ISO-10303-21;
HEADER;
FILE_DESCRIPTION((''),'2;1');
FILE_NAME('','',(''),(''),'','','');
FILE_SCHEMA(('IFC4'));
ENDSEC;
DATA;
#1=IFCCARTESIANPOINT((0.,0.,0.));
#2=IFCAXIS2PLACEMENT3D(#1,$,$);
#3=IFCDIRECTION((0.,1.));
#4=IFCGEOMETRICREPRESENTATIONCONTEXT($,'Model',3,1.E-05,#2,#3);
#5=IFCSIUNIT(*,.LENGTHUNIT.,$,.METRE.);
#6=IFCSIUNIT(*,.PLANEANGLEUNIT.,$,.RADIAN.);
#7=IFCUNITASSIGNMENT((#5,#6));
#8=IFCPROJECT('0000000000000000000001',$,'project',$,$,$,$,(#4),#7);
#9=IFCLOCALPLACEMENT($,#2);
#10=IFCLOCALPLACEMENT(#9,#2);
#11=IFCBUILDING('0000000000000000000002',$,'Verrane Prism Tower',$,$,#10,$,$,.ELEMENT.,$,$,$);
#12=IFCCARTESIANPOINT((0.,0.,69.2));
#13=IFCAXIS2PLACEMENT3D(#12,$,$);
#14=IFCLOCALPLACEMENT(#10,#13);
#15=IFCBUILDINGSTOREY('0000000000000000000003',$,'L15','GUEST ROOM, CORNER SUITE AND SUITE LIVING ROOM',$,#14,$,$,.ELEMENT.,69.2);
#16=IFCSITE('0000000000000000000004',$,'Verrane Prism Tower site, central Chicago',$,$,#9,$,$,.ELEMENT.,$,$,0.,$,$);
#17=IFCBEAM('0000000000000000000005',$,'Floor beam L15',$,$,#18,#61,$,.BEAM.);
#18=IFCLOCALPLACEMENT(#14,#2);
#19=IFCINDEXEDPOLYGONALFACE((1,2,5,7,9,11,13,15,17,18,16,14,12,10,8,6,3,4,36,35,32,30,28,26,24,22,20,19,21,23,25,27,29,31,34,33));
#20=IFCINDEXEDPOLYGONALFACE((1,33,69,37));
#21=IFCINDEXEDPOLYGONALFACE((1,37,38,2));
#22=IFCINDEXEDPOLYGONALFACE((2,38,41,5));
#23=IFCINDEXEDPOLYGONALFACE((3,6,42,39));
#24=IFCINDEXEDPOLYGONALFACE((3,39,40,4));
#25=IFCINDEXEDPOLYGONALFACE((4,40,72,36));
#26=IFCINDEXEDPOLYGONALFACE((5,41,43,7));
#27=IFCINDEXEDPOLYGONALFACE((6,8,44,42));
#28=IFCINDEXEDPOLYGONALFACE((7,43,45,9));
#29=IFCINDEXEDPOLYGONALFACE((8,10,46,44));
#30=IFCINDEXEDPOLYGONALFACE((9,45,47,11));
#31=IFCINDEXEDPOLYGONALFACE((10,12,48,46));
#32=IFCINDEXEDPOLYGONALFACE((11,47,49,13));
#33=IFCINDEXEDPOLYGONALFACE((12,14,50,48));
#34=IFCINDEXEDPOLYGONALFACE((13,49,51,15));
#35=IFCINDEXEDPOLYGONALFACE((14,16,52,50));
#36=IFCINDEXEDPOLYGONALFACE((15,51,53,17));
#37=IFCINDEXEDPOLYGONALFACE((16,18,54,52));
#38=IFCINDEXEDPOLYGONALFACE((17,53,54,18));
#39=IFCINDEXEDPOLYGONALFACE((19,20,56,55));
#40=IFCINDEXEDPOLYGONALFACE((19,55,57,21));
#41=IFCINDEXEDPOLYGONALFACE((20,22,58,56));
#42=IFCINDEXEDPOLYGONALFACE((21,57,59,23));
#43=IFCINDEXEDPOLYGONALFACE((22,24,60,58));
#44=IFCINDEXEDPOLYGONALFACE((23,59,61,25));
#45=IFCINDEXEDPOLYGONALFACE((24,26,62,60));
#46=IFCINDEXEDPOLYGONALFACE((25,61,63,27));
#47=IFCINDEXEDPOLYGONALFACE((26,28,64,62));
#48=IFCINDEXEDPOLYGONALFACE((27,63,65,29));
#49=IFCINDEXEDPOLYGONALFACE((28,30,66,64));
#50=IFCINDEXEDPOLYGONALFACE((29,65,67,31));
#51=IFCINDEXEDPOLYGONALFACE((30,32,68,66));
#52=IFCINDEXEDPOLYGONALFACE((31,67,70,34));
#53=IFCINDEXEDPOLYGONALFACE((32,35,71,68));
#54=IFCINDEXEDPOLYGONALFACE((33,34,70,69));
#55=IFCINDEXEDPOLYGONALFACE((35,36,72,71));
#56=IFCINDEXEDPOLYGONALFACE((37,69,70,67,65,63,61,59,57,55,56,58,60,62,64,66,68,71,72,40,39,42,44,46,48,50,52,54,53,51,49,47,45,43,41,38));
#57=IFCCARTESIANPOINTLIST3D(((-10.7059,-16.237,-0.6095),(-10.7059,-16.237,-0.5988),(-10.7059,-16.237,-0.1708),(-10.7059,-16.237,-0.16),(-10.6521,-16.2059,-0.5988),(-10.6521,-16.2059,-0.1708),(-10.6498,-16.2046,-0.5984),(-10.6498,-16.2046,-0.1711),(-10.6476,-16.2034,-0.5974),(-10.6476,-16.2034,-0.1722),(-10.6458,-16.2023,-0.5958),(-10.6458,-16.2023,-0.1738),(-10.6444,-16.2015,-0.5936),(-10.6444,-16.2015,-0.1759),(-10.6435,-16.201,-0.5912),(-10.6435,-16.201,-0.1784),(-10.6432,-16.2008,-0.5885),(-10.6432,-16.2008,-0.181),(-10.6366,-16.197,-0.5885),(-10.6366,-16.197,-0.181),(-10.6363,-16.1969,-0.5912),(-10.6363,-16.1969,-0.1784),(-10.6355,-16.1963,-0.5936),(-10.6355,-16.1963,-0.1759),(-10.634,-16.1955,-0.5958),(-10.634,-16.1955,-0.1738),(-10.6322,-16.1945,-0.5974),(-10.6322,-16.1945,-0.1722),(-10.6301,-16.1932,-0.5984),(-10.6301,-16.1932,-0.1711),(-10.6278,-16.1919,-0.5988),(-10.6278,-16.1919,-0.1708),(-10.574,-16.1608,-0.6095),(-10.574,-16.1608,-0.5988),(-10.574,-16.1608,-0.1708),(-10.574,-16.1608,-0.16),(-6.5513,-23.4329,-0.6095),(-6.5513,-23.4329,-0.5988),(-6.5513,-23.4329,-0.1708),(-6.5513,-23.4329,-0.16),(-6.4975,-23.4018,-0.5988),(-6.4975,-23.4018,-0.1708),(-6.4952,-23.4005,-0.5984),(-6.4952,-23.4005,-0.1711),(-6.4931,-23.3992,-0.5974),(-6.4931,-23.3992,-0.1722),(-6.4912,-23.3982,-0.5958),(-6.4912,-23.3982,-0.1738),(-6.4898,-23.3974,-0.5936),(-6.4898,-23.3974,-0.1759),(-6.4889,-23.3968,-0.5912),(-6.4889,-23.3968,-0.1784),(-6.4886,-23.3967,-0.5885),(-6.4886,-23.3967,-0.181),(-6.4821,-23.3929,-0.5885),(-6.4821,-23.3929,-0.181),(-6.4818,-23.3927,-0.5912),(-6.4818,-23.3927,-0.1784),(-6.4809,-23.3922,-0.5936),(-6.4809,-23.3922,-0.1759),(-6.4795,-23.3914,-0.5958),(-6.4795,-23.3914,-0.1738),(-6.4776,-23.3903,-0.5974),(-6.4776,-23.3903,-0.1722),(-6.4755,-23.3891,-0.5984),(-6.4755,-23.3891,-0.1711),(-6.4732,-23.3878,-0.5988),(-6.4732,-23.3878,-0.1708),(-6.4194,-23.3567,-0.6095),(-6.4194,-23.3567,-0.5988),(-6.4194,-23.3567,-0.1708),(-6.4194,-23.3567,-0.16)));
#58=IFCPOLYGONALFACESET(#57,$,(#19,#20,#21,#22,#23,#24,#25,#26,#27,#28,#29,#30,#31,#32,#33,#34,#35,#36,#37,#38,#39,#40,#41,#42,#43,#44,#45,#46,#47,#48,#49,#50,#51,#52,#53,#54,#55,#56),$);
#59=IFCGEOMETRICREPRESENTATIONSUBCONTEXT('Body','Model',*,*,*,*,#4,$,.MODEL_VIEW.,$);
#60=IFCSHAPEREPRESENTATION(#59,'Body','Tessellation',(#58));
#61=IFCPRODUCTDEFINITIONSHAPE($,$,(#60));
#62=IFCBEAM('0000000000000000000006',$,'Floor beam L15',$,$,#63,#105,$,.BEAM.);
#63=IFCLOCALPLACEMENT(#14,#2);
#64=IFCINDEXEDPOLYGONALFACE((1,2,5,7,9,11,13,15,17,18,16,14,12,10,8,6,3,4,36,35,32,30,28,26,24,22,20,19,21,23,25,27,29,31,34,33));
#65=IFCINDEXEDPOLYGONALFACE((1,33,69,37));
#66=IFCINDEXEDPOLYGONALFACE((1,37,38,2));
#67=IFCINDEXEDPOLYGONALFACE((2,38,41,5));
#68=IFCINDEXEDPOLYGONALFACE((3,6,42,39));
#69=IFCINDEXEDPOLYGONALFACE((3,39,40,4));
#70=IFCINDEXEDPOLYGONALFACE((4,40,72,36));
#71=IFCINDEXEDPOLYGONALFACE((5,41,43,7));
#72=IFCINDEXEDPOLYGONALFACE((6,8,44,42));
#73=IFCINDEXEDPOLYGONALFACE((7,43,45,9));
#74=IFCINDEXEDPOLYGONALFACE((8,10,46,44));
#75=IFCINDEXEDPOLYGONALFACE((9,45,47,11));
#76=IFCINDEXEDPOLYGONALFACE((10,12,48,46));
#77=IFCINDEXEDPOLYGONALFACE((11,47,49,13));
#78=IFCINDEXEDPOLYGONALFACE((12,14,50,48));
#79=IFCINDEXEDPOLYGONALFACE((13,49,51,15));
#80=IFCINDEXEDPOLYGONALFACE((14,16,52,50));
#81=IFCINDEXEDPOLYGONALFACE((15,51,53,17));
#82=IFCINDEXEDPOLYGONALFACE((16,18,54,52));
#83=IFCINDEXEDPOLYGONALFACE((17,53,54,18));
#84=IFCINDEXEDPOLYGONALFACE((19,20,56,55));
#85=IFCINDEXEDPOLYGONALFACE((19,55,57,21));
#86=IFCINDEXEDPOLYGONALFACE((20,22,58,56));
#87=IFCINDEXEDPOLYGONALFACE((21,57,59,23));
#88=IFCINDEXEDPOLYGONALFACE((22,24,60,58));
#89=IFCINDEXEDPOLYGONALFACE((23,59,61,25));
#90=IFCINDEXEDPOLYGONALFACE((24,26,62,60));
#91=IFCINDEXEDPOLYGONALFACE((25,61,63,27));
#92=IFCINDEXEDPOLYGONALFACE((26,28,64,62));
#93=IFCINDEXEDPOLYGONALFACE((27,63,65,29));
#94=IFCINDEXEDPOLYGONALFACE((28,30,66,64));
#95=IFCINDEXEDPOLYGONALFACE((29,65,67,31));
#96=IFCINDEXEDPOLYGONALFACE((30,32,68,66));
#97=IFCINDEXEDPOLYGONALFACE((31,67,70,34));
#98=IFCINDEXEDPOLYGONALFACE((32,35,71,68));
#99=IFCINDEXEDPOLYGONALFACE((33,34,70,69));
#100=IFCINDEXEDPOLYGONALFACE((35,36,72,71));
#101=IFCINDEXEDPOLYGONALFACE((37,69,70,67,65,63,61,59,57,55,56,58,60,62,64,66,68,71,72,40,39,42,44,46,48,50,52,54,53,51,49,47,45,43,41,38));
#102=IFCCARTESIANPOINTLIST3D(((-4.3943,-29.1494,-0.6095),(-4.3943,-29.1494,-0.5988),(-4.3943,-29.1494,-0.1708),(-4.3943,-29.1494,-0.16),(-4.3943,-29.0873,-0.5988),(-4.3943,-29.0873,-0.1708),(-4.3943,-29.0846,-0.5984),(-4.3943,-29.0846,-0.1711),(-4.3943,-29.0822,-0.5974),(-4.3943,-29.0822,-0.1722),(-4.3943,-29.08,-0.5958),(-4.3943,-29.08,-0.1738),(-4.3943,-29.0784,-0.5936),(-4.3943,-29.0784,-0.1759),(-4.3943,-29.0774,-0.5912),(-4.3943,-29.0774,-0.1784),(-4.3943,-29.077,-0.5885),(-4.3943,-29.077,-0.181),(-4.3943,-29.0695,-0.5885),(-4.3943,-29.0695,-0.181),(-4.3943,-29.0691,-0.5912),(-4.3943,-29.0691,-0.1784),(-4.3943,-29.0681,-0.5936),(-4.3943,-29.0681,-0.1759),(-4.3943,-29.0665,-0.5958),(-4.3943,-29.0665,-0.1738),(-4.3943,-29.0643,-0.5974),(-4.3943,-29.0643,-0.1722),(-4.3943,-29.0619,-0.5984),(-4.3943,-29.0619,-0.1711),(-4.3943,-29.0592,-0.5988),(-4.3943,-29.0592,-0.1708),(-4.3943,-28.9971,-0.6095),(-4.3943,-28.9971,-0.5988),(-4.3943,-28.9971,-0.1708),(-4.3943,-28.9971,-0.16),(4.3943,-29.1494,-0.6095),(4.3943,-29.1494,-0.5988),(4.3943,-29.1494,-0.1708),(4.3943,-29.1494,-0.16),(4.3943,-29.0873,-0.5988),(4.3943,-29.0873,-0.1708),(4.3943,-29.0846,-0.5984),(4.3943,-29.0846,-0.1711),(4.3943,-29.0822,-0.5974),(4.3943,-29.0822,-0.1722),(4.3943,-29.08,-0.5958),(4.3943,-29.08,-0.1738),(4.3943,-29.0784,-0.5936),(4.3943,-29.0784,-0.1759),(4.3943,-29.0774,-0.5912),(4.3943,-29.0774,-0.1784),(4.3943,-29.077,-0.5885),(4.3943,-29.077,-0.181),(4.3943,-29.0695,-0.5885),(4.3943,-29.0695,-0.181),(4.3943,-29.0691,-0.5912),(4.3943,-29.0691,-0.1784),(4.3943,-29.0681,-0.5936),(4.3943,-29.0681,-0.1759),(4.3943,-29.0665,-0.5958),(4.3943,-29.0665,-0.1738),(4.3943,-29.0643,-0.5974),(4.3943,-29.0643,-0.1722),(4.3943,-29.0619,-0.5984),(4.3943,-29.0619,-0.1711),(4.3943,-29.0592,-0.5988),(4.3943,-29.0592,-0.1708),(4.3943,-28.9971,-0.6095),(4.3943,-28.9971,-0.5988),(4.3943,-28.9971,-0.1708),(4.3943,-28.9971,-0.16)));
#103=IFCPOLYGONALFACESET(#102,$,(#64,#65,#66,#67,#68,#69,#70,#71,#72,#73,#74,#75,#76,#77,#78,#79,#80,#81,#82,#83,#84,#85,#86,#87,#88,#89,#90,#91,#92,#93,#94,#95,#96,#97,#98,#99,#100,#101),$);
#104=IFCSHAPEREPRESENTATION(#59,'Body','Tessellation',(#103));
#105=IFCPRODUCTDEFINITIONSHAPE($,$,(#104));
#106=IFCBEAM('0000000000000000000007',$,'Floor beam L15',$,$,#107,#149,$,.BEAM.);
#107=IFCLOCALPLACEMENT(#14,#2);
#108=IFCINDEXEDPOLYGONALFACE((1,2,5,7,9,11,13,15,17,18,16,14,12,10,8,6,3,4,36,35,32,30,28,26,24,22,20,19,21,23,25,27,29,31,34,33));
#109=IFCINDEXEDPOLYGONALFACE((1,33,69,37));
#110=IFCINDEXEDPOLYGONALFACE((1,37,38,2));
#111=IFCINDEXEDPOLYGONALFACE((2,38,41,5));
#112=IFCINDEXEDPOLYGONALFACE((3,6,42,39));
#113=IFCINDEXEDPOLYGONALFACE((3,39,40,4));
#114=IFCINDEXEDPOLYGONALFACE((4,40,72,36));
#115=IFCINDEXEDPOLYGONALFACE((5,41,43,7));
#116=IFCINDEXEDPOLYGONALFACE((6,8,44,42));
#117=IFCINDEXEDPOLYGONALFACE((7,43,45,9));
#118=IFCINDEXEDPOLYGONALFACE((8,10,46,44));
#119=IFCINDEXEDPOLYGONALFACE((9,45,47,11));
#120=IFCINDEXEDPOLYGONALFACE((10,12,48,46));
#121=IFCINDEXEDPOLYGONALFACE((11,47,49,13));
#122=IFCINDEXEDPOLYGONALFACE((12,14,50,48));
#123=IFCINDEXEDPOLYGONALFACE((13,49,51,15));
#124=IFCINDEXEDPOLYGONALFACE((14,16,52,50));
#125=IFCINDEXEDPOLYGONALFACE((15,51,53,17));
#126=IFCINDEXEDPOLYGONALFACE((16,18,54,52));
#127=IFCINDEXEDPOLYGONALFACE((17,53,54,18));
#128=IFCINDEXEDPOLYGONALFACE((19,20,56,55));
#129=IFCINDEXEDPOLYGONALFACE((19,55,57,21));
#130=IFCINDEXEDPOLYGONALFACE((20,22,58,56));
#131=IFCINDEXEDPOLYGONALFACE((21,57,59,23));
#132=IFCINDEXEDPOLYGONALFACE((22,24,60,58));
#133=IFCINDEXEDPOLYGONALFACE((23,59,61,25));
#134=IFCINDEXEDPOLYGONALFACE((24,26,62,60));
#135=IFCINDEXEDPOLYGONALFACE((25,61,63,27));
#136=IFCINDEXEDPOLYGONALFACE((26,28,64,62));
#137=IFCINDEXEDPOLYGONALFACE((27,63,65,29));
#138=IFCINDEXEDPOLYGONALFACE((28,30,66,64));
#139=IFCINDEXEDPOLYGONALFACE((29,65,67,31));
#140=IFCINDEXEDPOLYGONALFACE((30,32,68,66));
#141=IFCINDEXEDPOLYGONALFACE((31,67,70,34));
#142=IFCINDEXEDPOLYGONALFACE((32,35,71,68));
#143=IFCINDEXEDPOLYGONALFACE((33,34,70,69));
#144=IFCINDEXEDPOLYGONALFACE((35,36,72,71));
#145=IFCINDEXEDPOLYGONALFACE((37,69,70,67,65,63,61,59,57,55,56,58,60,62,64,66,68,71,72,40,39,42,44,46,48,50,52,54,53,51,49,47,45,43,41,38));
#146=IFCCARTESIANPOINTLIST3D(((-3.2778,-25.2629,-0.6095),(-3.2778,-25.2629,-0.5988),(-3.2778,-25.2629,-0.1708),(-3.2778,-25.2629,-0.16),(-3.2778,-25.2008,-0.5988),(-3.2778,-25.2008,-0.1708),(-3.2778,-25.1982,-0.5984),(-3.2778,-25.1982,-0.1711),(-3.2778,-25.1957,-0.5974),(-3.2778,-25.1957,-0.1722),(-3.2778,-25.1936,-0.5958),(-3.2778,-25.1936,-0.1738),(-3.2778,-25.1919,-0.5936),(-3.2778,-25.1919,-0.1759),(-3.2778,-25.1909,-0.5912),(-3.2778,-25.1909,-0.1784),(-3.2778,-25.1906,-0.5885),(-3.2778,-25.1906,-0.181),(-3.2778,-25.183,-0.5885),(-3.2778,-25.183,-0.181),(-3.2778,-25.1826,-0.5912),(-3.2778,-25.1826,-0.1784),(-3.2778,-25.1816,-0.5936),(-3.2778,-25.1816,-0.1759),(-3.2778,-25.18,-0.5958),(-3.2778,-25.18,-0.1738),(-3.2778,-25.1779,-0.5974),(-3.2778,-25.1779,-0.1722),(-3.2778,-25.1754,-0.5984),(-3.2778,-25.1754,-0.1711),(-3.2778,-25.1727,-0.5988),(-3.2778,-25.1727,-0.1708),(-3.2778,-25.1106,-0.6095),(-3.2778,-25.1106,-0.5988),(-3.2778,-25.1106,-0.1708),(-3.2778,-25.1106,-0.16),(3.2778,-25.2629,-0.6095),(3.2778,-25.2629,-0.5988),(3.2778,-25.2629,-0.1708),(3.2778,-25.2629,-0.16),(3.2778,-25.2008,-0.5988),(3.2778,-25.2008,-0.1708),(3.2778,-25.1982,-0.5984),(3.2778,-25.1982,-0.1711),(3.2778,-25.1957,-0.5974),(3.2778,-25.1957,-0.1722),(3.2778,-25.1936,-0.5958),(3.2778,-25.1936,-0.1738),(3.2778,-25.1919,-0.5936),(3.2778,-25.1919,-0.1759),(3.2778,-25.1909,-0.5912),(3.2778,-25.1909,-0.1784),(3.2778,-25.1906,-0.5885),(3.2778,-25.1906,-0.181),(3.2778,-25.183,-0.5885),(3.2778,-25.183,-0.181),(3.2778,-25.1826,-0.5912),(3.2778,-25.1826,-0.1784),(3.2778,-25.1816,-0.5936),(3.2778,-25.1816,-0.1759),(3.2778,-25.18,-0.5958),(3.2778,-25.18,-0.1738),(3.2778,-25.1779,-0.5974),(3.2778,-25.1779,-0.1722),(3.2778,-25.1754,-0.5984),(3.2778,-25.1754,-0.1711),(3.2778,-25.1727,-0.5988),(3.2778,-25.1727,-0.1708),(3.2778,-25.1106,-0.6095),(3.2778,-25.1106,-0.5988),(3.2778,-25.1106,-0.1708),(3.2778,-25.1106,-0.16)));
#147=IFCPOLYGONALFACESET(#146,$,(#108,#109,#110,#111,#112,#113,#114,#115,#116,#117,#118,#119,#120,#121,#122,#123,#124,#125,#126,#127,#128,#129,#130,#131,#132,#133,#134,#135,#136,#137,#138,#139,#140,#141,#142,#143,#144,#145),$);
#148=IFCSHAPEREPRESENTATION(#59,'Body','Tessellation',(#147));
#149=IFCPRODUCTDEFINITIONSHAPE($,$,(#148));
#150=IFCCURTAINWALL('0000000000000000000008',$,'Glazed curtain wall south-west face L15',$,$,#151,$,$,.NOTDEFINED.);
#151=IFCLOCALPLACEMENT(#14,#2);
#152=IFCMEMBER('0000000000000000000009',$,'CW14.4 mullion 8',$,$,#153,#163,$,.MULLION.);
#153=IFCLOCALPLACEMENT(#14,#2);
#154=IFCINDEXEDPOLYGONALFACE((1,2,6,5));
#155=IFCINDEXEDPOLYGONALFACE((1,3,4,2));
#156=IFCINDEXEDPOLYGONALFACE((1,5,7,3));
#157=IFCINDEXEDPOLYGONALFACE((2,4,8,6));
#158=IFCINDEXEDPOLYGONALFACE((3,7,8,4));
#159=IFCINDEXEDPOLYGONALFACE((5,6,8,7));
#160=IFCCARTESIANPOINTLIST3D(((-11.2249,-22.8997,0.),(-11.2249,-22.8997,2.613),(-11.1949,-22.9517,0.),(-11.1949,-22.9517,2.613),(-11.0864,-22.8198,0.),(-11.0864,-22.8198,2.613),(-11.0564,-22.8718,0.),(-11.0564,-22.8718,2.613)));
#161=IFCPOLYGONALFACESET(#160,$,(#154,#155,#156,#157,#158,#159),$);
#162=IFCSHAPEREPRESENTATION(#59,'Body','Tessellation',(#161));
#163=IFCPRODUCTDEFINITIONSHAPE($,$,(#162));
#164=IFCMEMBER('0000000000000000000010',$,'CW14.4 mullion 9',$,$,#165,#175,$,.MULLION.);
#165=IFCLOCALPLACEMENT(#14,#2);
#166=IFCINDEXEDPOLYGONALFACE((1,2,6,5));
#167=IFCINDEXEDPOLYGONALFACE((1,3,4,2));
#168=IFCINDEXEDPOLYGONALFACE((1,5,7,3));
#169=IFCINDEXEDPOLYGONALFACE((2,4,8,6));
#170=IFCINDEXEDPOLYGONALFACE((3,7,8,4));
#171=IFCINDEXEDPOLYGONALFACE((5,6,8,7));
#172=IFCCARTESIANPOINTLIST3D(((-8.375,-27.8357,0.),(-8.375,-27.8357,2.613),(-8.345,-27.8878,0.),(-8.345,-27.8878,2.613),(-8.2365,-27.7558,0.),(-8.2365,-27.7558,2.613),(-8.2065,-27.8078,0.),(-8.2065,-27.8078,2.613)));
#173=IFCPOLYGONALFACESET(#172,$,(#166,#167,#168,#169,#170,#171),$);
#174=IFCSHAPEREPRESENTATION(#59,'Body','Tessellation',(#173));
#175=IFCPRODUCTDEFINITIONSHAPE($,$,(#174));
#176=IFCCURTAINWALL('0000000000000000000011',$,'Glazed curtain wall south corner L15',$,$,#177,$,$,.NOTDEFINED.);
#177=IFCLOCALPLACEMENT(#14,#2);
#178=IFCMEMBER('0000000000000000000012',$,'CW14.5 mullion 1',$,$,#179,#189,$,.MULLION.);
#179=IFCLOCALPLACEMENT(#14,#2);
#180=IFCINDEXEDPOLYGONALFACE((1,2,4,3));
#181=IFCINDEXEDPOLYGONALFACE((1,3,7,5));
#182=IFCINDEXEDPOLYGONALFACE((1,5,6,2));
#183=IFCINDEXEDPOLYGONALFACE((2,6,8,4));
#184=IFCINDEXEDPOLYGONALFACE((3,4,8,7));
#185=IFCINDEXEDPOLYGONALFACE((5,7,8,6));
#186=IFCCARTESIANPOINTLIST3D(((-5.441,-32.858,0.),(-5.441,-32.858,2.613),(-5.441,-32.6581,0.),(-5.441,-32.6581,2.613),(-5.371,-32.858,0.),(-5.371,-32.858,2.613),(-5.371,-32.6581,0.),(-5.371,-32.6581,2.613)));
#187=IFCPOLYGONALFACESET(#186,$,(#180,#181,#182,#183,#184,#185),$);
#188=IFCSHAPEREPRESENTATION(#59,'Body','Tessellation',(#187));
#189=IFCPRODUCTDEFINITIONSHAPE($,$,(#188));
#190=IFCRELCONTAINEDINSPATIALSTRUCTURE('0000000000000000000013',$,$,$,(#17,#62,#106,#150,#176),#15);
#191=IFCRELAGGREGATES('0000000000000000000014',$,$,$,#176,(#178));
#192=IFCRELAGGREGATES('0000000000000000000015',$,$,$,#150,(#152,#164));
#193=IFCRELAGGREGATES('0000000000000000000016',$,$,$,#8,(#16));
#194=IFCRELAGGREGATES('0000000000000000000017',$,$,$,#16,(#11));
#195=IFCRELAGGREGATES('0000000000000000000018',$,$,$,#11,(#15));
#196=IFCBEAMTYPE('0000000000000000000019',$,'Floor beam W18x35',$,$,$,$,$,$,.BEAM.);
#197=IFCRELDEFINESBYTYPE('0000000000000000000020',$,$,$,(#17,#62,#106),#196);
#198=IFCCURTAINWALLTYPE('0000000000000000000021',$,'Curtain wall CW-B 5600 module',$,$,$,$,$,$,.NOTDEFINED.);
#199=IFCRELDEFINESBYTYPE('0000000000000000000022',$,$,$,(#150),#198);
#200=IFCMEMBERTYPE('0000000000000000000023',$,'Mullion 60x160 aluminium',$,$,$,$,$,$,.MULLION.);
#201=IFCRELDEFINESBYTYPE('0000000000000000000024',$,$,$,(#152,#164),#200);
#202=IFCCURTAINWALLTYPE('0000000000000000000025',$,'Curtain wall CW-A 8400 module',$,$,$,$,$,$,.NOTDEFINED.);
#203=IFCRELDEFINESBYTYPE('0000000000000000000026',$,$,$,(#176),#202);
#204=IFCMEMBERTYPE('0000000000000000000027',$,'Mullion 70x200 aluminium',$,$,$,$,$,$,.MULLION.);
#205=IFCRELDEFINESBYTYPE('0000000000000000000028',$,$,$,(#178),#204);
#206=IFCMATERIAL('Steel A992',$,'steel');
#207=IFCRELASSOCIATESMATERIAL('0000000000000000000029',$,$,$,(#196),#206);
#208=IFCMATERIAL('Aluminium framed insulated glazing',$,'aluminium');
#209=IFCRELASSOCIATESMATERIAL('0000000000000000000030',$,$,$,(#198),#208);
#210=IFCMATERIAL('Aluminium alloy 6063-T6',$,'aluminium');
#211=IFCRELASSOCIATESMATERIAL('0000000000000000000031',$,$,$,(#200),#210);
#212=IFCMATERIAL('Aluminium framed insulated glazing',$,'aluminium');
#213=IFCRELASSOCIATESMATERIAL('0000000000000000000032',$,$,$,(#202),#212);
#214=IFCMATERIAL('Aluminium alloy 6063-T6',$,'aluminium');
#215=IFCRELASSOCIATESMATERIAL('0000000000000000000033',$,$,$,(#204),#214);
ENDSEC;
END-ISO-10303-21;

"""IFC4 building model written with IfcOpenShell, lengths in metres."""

from ifc_helpers import new_model, si_unit, direction, frame, origin, origin_2d, place, context, subcontext, project, spatial, rectangle, i_section, extrude, material, material_profile, profile_set, type_object, element, aggregate, save


model = new_model("IFC4")

# Units and contexts
model_context = context("Model", 3, precision=1e-05, world=origin(), true_north=direction((0.0, 1.0)))
body_context = subcontext(model_context, "Body", "Model", "MODEL_VIEW")
ifc_project = project(units=[si_unit("LENGTHUNIT", "METRE"), si_unit("PLANEANGLEUNIT", "RADIAN")], contexts=[model_context])

# Site, building, storey
site_placement = place(None, origin())
site = spatial("IfcSite", under=ifc_project, at=site_placement, Name="Verrane Prism Tower site, central Chicago", CompositionType="ELEMENT", RefElevation=0.0)
building_placement = place(site_placement, origin())
building = spatial("IfcBuilding", under=site, at=building_placement, Name="Verrane Prism Tower", CompositionType="ELEMENT")
storey_placement = place(building_placement, frame((0.0, 0.0, 69.2)))
storey = spatial("IfcBuildingStorey", under=building, at=storey_placement, Name="L15", Description="GUEST ROOM, CORNER SUITE AND SUITE LIVING ROOM", CompositionType="ELEMENT", Elevation=69.2)

# Beams
ifc_material_1 = material(Name="Steel A992", Category="steel")
ifc_material_profile_1 = material_profile(ifc_material_1, i_section(OverallWidth=0.1523, OverallDepth=0.4495, WebThickness=0.0076, FlangeThickness=0.0107, FilletRadius=0.0103, at=origin_2d()), Name="W18x35")
ifc_profile_set_1 = profile_set([ifc_material_profile_1], Name="Steel A992")
beam_type_1 = type_object("IfcBeamType", Name="Floor beam W18x35", PredefinedType="BEAM", material=ifc_profile_set_1)
beam_1_placement = place(storey_placement, frame((-6.4854, -23.3948, -0.3848), z_axis=(-0.500004, 0.866023, 0.0), x_axis=(-0.866023, -0.500004, 0.0)))
element("IfcBeam", 1, at=beam_1_placement, inside=storey, type_object=beam_type_1, Name="Floor beam L15", PredefinedType="BEAM", context=body_context, shape_type="SweptSolid", body=[
    extrude(i_section(OverallWidth=0.1523, OverallDepth=0.4495, WebThickness=0.0076, FlangeThickness=0.0107, FilletRadius=0.0103, at=origin_2d()), origin(), (0.0, 0.0, 1.0), 8.3091),
])
beam_2_placement = place(storey_placement, frame((-4.3943, -29.0732, -0.3848), z_axis=(1.0, 0.0, 0.0), x_axis=(0.0, 1.0, 0.0)))
element("IfcBeam", 2, at=beam_2_placement, inside=storey, type_object=beam_type_1, Name="Floor beam L15", PredefinedType="BEAM", context=body_context, shape_type="SweptSolid", body=[
    extrude(i_section(OverallWidth=0.1523, OverallDepth=0.4495, WebThickness=0.0076, FlangeThickness=0.0107, FilletRadius=0.0103, at=origin_2d()), origin(), (0.0, 0.0, 1.0), 8.7886),
])
beam_3_placement = place(storey_placement, frame((-3.2778, -25.1868, -0.3848), z_axis=(1.0, 0.0, 0.0), x_axis=(0.0, 1.0, 0.0)))
element("IfcBeam", 3, at=beam_3_placement, inside=storey, type_object=beam_type_1, Name="Floor beam L15", PredefinedType="BEAM", context=body_context, shape_type="SweptSolid", body=[
    extrude(i_section(OverallWidth=0.1523, OverallDepth=0.4495, WebThickness=0.0076, FlangeThickness=0.0107, FilletRadius=0.0103, at=origin_2d()), origin(), (0.0, 0.0, 1.0), 6.5557),
])

# Curtain wall, members
ifc_material_2 = material(Name="Aluminium framed insulated glazing", Category="aluminium")
curtain_wall_type_1 = type_object("IfcCurtainWallType", Name="Curtain wall CW-B 5600 module", PredefinedType="NOTDEFINED", material=ifc_material_2)
curtain_wall_1_placement = place(storey_placement, origin())
curtain_wall_1 = element("IfcCurtainWall", 4, at=curtain_wall_1_placement, inside=storey, type_object=curtain_wall_type_1, Name="Glazed curtain wall south-west face L15", PredefinedType="NOTDEFINED")
ifc_material_3 = material(Name="Aluminium alloy 6063-T6", Category="aluminium")
ifc_material_profile_2 = material_profile(ifc_material_3, rectangle(XDim=0.1599, YDim=0.0601, at=origin_2d()), Name="Mullion 60x160 aluminium")
ifc_profile_set_2 = profile_set([ifc_material_profile_2], Name="Aluminium alloy 6063-T6")
member_type_1 = type_object("IfcMemberType", Name="Mullion 60x160 aluminium", PredefinedType="MULLION", material=ifc_profile_set_2)
member_1_placement = place(storey_placement, frame((-11.1406, -22.8857, 0.0), z_axis=(0.0, 0.0, 1.0), x_axis=(0.866025, 0.5, 0.0)))
member_1 = element("IfcMember", 5, at=member_1_placement, type_object=member_type_1, Name="CW14.4 mullion 8", PredefinedType="MULLION", context=body_context, shape_type="SweptSolid", body=[
    extrude(rectangle(XDim=0.1599, YDim=0.0601, at=origin_2d()), origin(), (0.0, 0.0, 1.0), 2.613),
])
member_2_placement = place(storey_placement, frame((-8.2908, -27.8218, 0.0), z_axis=(0.0, 0.0, 1.0), x_axis=(0.866025, 0.5, 0.0)))
member_2 = element("IfcMember", 6, at=member_2_placement, type_object=member_type_1, Name="CW14.4 mullion 9", PredefinedType="MULLION", context=body_context, shape_type="SweptSolid", body=[
    extrude(rectangle(XDim=0.1599, YDim=0.0601, at=origin_2d()), origin(), (0.0, 0.0, 1.0), 2.613),
])

# Curtain wall, member
ifc_material_4 = material(Name="Aluminium framed insulated glazing", Category="aluminium")
curtain_wall_type_2 = type_object("IfcCurtainWallType", Name="Curtain wall CW-A 8400 module", PredefinedType="NOTDEFINED", material=ifc_material_4)
curtain_wall_2_placement = place(storey_placement, origin())
curtain_wall_2 = element("IfcCurtainWall", 7, at=curtain_wall_2_placement, inside=storey, type_object=curtain_wall_type_2, Name="Glazed curtain wall south corner L15", PredefinedType="NOTDEFINED")
ifc_material_5 = material(Name="Aluminium alloy 6063-T6", Category="aluminium")
ifc_material_profile_3 = material_profile(ifc_material_5, rectangle(XDim=0.2, YDim=0.0701, at=origin_2d()), Name="Mullion 70x200 aluminium")
ifc_profile_set_3 = profile_set([ifc_material_profile_3], Name="Aluminium alloy 6063-T6")
member_type_2 = type_object("IfcMemberType", Name="Mullion 70x200 aluminium", PredefinedType="MULLION", material=ifc_profile_set_3)
member_3_placement = place(storey_placement, frame((-5.406, -32.7581, 0.0), z_axis=(0.0, 0.0, 1.0), x_axis=(0.0, 1.0, 0.0)))
member_3 = element("IfcMember", 8, at=member_3_placement, type_object=member_type_2, Name="CW14.5 mullion 1", PredefinedType="MULLION", context=body_context, shape_type="SweptSolid", body=[
    extrude(rectangle(XDim=0.2, YDim=0.0701, at=origin_2d()), origin(), (0.0, 0.0, 1.0), 2.613),
])

aggregate(curtain_wall_2, [member_3])

aggregate(curtain_wall_1, [member_1, member_2])

save(model, "model.ifc")
